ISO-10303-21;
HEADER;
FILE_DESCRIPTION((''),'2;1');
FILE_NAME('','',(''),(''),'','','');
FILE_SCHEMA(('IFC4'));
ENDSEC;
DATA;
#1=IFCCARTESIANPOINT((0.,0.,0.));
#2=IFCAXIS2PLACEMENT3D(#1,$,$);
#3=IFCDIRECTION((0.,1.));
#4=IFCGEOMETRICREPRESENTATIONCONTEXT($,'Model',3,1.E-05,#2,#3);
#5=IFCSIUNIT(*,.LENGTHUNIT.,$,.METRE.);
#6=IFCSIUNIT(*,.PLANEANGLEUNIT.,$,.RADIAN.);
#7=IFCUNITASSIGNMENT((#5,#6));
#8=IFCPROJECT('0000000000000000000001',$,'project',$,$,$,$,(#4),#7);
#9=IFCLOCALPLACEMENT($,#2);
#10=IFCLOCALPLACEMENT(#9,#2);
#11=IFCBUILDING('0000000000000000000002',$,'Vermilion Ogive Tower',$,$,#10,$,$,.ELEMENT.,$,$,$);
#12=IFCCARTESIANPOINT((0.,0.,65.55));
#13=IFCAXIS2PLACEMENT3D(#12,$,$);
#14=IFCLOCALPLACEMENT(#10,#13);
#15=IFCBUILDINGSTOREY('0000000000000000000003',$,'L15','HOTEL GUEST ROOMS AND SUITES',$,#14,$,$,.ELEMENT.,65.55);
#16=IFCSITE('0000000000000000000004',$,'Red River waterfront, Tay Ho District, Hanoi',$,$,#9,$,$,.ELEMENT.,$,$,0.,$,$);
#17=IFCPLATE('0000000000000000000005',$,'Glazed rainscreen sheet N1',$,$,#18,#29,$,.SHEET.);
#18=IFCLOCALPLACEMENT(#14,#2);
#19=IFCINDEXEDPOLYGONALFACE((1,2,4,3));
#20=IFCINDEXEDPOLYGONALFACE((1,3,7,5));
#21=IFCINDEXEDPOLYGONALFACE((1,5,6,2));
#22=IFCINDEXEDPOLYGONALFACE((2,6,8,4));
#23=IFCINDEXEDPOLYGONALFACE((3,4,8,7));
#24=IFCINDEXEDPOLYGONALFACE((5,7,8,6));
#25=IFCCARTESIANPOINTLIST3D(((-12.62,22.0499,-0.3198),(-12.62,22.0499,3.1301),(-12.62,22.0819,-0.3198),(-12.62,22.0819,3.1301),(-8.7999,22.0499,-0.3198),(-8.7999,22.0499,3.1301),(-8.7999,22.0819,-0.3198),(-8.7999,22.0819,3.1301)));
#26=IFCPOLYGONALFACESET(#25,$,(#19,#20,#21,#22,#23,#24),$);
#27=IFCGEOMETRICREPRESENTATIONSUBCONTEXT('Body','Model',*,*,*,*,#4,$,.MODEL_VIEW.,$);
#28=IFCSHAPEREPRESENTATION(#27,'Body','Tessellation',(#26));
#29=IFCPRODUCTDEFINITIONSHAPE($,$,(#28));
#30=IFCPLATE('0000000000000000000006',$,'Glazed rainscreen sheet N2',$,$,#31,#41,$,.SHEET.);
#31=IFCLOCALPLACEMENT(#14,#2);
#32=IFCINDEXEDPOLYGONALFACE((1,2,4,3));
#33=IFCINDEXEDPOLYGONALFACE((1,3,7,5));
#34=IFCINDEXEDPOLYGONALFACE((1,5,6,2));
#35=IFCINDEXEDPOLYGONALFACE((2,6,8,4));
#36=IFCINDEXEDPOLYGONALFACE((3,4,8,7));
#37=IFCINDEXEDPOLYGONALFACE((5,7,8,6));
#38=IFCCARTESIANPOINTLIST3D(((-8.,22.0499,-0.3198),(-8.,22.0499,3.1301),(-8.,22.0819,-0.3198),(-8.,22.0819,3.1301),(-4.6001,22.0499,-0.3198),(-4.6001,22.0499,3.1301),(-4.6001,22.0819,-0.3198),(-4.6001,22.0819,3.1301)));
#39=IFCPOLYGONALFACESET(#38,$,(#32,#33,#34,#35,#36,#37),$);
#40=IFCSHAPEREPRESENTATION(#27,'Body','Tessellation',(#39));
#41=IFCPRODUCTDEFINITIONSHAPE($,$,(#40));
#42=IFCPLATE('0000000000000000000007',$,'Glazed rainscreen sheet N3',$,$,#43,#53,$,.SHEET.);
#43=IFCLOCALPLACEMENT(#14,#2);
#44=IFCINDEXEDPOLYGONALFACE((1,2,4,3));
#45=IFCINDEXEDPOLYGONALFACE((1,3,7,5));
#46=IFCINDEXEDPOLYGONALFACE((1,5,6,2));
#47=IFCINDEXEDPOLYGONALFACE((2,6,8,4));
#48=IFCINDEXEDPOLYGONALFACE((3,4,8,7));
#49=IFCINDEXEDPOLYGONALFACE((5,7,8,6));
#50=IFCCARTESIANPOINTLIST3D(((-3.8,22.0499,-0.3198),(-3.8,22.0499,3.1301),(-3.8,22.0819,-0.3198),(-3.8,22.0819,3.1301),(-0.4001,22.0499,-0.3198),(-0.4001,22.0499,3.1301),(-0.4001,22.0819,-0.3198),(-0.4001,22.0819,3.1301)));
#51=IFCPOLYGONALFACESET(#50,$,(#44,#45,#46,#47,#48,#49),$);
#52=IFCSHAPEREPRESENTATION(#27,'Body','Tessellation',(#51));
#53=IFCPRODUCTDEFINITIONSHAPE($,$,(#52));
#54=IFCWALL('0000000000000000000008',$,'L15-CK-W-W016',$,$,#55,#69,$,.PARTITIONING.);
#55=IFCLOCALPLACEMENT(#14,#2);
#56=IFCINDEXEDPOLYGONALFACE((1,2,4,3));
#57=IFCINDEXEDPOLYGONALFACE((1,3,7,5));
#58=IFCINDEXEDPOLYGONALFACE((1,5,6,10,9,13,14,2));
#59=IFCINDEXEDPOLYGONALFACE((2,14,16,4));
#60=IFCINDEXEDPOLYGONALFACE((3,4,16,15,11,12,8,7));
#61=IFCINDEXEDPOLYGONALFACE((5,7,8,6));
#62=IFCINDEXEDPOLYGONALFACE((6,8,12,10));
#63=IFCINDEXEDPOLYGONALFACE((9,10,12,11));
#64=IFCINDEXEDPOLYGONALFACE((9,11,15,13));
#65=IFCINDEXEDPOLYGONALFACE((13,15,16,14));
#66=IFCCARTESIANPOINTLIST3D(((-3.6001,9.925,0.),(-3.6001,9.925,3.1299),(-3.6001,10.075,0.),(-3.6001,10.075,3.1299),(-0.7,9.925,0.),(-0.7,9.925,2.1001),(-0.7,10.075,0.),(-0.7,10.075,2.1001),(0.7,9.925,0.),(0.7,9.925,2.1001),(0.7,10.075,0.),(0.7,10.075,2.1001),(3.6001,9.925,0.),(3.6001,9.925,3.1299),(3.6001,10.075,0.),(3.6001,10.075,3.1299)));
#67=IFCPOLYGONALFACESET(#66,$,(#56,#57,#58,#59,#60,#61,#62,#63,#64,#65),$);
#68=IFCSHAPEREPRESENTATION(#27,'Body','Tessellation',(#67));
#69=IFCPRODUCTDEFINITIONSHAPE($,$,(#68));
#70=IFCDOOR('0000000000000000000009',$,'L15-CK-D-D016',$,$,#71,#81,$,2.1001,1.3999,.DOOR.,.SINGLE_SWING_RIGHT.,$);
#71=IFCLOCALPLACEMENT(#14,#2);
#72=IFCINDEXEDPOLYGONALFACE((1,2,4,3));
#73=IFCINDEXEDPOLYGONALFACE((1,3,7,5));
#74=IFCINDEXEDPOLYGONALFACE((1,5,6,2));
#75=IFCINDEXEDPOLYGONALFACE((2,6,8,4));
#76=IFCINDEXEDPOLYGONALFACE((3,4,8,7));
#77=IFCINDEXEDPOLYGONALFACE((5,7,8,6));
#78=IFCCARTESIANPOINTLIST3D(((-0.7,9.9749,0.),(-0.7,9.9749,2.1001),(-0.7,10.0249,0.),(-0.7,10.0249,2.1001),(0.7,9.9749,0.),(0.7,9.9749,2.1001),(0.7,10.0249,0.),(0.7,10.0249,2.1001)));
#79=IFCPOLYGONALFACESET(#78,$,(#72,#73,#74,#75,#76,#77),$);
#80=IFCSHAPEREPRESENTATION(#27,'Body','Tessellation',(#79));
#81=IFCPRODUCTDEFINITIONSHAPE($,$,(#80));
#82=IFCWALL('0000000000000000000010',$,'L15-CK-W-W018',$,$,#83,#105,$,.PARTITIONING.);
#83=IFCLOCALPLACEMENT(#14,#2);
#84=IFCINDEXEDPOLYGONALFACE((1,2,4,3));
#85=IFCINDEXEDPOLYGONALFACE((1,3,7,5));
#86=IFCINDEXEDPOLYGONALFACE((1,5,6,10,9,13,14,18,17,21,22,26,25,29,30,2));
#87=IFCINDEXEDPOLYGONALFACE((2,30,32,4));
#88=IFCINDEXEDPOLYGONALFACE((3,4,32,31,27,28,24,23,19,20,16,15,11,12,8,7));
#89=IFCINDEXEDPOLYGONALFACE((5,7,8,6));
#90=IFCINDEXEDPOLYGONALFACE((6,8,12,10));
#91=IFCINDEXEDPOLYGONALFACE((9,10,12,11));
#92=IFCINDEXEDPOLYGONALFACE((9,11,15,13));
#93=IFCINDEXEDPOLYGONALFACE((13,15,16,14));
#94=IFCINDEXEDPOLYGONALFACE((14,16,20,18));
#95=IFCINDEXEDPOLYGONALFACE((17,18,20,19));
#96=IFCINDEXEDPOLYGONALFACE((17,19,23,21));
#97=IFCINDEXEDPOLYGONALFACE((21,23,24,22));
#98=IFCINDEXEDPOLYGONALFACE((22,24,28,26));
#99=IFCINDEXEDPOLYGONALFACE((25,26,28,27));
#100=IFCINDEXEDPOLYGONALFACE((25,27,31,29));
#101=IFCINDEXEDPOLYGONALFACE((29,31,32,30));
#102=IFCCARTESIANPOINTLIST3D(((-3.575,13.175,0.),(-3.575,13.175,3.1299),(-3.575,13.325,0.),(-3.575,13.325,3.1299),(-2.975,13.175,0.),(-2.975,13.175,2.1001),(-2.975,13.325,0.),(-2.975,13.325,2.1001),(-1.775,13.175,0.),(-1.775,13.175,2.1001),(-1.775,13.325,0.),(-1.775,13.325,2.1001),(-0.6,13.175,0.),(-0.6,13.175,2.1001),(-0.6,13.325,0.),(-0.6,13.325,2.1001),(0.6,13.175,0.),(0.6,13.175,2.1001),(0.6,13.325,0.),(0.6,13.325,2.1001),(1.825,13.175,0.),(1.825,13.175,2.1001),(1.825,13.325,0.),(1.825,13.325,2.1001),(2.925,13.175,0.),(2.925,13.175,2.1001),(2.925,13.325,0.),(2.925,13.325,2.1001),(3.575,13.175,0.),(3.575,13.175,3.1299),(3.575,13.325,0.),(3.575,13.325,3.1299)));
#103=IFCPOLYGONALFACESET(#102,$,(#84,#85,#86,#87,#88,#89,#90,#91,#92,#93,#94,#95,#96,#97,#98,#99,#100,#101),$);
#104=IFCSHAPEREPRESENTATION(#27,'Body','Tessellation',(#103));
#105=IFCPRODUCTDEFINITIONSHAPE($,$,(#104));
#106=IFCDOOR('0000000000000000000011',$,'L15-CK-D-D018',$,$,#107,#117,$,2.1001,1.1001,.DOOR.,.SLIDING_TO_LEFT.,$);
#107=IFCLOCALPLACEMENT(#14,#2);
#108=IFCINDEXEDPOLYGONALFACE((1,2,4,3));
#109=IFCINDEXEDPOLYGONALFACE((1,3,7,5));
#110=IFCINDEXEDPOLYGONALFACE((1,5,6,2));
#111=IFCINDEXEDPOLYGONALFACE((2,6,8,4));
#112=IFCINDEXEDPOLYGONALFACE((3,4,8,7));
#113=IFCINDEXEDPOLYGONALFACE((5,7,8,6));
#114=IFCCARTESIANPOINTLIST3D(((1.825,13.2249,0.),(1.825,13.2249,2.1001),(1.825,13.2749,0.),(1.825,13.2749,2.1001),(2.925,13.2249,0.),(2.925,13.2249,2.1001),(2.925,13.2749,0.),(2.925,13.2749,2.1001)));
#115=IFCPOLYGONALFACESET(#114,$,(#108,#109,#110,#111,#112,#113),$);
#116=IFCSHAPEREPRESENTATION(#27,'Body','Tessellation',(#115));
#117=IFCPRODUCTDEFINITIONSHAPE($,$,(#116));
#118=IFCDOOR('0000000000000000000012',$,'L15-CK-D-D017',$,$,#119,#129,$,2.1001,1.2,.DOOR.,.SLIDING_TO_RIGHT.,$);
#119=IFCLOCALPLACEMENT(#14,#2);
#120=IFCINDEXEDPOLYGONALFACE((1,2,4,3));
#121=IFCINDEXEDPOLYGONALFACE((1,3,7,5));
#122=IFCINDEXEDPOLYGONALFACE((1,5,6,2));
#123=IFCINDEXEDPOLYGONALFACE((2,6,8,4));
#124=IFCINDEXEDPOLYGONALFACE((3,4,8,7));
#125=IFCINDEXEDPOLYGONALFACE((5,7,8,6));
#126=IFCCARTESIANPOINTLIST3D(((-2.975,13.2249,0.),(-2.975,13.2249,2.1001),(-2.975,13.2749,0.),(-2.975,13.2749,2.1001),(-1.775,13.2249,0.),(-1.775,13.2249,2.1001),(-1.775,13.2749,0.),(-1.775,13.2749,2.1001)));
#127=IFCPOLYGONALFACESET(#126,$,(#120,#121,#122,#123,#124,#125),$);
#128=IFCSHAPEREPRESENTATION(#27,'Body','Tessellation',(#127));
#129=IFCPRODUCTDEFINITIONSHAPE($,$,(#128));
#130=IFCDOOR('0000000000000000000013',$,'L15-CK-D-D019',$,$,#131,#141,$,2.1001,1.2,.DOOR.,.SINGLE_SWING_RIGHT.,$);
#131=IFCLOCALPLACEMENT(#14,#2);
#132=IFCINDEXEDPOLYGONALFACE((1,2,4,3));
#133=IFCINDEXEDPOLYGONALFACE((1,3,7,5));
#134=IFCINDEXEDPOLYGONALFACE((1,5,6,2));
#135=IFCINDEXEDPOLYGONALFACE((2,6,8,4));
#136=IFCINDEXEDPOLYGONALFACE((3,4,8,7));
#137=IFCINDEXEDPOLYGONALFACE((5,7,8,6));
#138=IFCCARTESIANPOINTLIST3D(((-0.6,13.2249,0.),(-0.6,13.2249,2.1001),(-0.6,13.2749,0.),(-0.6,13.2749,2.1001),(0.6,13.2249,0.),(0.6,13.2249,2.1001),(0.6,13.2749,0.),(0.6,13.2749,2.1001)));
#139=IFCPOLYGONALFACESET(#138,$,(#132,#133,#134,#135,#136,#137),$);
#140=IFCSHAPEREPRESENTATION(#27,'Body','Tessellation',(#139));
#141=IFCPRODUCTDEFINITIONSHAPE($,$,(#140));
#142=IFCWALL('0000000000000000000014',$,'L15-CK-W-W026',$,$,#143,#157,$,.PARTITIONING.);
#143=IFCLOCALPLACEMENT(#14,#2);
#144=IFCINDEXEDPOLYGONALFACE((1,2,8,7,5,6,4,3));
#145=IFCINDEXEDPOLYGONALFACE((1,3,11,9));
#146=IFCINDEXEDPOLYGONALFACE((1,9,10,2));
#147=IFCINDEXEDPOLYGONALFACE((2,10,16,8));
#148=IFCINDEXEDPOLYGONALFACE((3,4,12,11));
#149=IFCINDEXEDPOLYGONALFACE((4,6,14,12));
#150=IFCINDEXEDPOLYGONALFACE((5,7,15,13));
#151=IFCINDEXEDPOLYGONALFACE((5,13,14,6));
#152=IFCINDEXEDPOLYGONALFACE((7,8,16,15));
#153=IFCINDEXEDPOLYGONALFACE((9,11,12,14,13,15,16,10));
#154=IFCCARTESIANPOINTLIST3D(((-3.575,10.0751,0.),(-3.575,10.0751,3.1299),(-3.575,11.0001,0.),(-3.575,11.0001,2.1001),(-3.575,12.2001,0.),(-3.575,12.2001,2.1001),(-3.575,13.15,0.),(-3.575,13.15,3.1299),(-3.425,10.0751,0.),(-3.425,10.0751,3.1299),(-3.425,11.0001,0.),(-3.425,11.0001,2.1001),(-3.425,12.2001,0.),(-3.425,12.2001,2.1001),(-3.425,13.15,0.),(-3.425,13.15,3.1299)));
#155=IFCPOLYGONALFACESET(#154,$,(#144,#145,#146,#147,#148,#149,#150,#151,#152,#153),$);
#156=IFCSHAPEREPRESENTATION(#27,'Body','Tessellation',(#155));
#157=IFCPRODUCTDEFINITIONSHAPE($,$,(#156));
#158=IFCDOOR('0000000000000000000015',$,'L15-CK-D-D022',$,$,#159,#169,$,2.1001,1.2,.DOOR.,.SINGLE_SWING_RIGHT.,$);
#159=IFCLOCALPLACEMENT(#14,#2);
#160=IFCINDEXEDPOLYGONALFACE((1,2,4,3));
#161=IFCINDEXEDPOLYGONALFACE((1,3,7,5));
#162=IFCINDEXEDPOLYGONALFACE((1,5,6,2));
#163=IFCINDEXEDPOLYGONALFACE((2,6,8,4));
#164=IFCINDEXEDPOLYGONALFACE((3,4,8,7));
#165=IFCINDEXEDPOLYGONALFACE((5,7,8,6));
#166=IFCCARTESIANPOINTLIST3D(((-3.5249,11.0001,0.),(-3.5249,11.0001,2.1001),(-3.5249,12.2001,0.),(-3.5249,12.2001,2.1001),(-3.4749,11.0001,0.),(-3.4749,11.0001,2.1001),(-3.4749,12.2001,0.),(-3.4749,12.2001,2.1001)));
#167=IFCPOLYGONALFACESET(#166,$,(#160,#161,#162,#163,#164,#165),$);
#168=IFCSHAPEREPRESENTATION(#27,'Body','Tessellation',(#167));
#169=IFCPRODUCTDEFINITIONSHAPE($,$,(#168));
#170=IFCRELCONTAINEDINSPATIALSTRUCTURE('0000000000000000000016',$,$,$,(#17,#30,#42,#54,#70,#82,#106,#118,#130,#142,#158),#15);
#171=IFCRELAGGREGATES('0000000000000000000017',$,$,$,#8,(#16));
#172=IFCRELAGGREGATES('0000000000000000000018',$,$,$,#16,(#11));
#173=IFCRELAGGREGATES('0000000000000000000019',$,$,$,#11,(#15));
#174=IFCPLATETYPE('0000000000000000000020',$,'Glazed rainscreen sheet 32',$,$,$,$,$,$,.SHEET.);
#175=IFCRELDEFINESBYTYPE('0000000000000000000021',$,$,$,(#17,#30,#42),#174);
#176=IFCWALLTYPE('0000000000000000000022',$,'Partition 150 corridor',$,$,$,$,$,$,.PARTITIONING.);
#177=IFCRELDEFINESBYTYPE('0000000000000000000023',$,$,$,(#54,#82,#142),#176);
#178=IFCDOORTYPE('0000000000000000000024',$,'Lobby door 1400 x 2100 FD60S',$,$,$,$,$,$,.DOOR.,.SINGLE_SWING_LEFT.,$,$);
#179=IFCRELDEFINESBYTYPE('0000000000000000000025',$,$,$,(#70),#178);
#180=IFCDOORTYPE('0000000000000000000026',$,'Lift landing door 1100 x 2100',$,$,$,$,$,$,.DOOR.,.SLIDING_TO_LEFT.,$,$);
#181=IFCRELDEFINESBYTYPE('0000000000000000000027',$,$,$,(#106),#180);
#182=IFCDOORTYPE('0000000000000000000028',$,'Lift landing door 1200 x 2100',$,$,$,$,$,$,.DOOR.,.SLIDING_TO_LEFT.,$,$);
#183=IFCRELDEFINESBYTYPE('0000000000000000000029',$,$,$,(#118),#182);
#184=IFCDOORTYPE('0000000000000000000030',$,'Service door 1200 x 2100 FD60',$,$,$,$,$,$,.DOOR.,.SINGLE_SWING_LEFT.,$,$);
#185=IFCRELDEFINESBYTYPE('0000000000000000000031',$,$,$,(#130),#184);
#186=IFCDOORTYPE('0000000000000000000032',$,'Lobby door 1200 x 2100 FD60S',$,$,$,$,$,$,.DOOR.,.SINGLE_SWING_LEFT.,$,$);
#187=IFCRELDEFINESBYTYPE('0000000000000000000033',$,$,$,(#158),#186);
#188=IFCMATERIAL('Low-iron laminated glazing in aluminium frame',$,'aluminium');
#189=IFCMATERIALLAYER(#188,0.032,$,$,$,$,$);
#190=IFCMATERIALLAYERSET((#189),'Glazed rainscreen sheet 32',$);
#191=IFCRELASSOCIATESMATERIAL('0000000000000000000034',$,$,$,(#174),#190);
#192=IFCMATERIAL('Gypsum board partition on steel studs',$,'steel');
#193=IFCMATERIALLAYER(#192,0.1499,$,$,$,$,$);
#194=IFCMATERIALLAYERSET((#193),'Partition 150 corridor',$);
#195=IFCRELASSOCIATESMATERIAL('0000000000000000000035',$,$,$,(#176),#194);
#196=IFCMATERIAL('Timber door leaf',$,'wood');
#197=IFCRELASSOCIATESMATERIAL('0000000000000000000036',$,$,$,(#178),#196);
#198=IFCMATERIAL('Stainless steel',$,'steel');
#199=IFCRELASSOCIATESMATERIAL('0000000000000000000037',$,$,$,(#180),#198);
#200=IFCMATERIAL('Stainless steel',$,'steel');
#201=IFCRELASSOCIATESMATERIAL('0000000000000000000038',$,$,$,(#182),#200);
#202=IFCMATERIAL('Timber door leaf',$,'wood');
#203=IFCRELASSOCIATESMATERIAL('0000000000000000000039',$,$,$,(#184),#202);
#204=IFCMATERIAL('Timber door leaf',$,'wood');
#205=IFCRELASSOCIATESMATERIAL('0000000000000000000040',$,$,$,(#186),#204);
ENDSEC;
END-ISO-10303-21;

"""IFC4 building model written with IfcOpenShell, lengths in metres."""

from ifc_helpers import new_model, si_unit, direction, frame, frame_2d, origin, origin_2d, place, context, subcontext, project, spatial, rectangle, extrude, material, layer, layer_set, type_object, element, fill, save


model = new_model("IFC4")

# Units and contexts
model_context = context("Model", 3, precision=1e-05, world=origin(), true_north=direction((0.0, 1.0)))
body_context = subcontext(model_context, "Body", "Model", "MODEL_VIEW")
ifc_project = project(units=[si_unit("LENGTHUNIT", "METRE"), si_unit("PLANEANGLEUNIT", "RADIAN")], contexts=[model_context])

# Site, building, storey
site_placement = place(None, origin())
site = spatial("IfcSite", under=ifc_project, at=site_placement, Name="Red River waterfront, Tay Ho District, Hanoi", CompositionType="ELEMENT", RefElevation=0.0)
building_placement = place(site_placement, origin())
building = spatial("IfcBuilding", under=site, at=building_placement, Name="Vermilion Ogive Tower", CompositionType="ELEMENT")
storey_placement = place(building_placement, frame((0.0, 0.0, 65.55)))
storey = spatial("IfcBuildingStorey", under=building, at=storey_placement, Name="L15", Description="HOTEL GUEST ROOMS AND SUITES", CompositionType="ELEMENT", Elevation=65.55)

# Plates
ifc_material_1 = material(Name="Low-iron laminated glazing in aluminium frame", Category="aluminium")
ifc_layer_1 = layer(ifc_material_1, 0.032)
ifc_layer_set_1 = layer_set([ifc_layer_1], Name="Glazed rainscreen sheet 32")
plate_type = type_object("IfcPlateType", Name="Glazed rainscreen sheet 32", PredefinedType="SHEET", material=ifc_layer_set_1)
plate_placement = place(storey_placement, frame((-10.71, 22.0659, -0.3198), z_axis=(0.0, 0.0, 1.0), x_axis=(1.0, 0.0, 0.0)))
element("IfcPlate", 1, at=plate_placement, inside=storey, type_object=plate_type, Name="Glazed rainscreen sheet N1", PredefinedType="SHEET", context=body_context, shape_type="SweptSolid", body=[
    extrude(rectangle(XDim=3.8201, YDim=0.032, at=origin_2d()), origin(), (0.0, 0.0, 1.0), 3.45),
])
for number, where, z_axis, x_axis, name in (
    (2, (-6.3, 22.0659, -0.3198), (0.0, 0.0, 1.0), (1.0, 0.0, 0.0), "Glazed rainscreen sheet N2"),
    (3, (-2.1001, 22.0659, -0.3198), (0.0, 0.0, 1.0), (1.0, 0.0, 0.0), "Glazed rainscreen sheet N3"),
):
    element("IfcPlate", number, at=place(storey_placement, frame(where, z_axis=z_axis, x_axis=x_axis)), inside=storey, type_object=plate_type, Name=name, PredefinedType="SHEET", context=body_context, shape_type="SweptSolid", body=[
        extrude(rectangle(XDim=3.3999, YDim=0.032, at=origin_2d()), origin(), (0.0, 0.0, 1.0), 3.45),
    ])

# Wall, opening, door
ifc_material_2 = material(Name="Gypsum board partition on steel studs", Category="steel")
ifc_layer_2 = layer(ifc_material_2, 0.1499)
ifc_layer_set_2 = layer_set([ifc_layer_2], Name="Partition 150 corridor")
wall_type_1 = type_object("IfcWallType", Name="Partition 150 corridor", PredefinedType="PARTITIONING", material=ifc_layer_set_2)
wall_1_placement = place(storey_placement, frame((-3.6001, 10.0, 0.0), z_axis=(0.0, 0.0, 1.0), x_axis=(1.0, 0.0, 0.0)))
wall_1 = element("IfcWall", 4, at=wall_1_placement, inside=storey, type_object=wall_type_1, Name="L15-CK-W-W016", PredefinedType="PARTITIONING", context=body_context, shape_type="SweptSolid", body=[
    extrude(rectangle(XDim=7.2002, YDim=0.1499, at=frame_2d((3.6001, 0.0))), origin(), (0.0, 0.0, 1.0), 3.1299),
])
opening_1_placement = place(wall_1_placement, frame((2.9001, 0.0, 0.0)))
opening_1 = element("IfcOpeningElement", 5, at=opening_1_placement, cuts=wall_1, PredefinedType="OPENING", context=body_context, shape_type="SweptSolid", body=[
    extrude(rectangle(XDim=1.3999, YDim=2.1001, at=frame_2d((0.7, 1.05))), frame((0.0, 0.085, 0.0), z_axis=(0.0, -1.0, 0.0), x_axis=(1.0, 0.0, 0.0)), (0.0, 0.0, 1.0), 0.1699),
])
ifc_material_3 = material(Name="Timber door leaf", Category="wood")
door_type_1 = type_object("IfcDoorType", Name="Lobby door 1400 x 2100 FD60S", OperationType="SINGLE_SWING_LEFT", PredefinedType="DOOR", material=ifc_material_3)
door_1_placement = place(opening_1_placement, origin())
door_1 = element("IfcDoor", 6, at=door_1_placement, inside=storey, type_object=door_type_1, Name="L15-CK-D-D016", OperationType="SINGLE_SWING_RIGHT", OverallHeight=2.1001, OverallWidth=1.3999, PredefinedType="DOOR", context=body_context, shape_type="SweptSolid", body=[
    extrude(rectangle(XDim=1.3999, YDim=2.1001, at=frame_2d((0.7, 1.05))), frame((0.0, 0.0249, 0.0), z_axis=(0.0, -1.0, 0.0), x_axis=(1.0, 0.0, 0.0)), (0.0, 0.0, 1.0), 0.05),
])
fill(opening_1, door_1)

# Wall, openings, doors
wall_2_placement = place(storey_placement, frame((-3.575, 13.25, 0.0), z_axis=(0.0, 0.0, 1.0), x_axis=(1.0, 0.0, 0.0)))
wall_2 = element("IfcWall", 7, at=wall_2_placement, inside=storey, type_object=wall_type_1, Name="L15-CK-W-W018", PredefinedType="PARTITIONING", context=body_context, shape_type="SweptSolid", body=[
    extrude(rectangle(XDim=7.1499, YDim=0.1499, at=frame_2d((3.575, 0.0))), origin(), (0.0, 0.0, 1.0), 3.1299),
])
opening_2_placement = place(wall_2_placement, frame((0.5999, 0.0, 0.0)))
opening_2 = element("IfcOpeningElement", 8, at=opening_2_placement, cuts=wall_2, PredefinedType="OPENING", context=body_context, shape_type="SweptSolid", body=[
    extrude(rectangle(XDim=1.2, YDim=2.1001, at=frame_2d((0.6001, 1.05))), frame((0.0, 0.085, 0.0), z_axis=(0.0, -1.0, 0.0), x_axis=(1.0, 0.0, 0.0)), (0.0, 0.0, 1.0), 0.1699),
])
opening_3_placement = place(wall_2_placement, frame((5.3999, 0.0, 0.0)))
opening_3 = element("IfcOpeningElement", 9, at=opening_3_placement, cuts=wall_2, PredefinedType="OPENING", context=body_context, shape_type="SweptSolid", body=[
    extrude(rectangle(XDim=1.1001, YDim=2.1001, at=frame_2d((0.55, 1.05))), frame((0.0, 0.085, 0.0), z_axis=(0.0, -1.0, 0.0), x_axis=(1.0, 0.0, 0.0)), (0.0, 0.0, 1.0), 0.1699),
])
opening_4_placement = place(wall_2_placement, frame((2.9749, 0.0, 0.0)))
opening_4 = element("IfcOpeningElement", 10, at=opening_4_placement, cuts=wall_2, PredefinedType="OPENING", context=body_context, shape_type="SweptSolid", body=[
    extrude(rectangle(XDim=1.2, YDim=2.1001, at=frame_2d((0.6001, 1.05))), frame((0.0, 0.085, 0.0), z_axis=(0.0, -1.0, 0.0), x_axis=(1.0, 0.0, 0.0)), (0.0, 0.0, 1.0), 0.1699),
])
ifc_material_4 = material(Name="Stainless steel", Category="steel")
door_type_2 = type_object("IfcDoorType", Name="Lift landing door 1100 x 2100", OperationType="SLIDING_TO_LEFT", PredefinedType="DOOR", material=ifc_material_4)
door_2_placement = place(opening_3_placement, origin())
door_2 = element("IfcDoor", 11, at=door_2_placement, inside=storey, type_object=door_type_2, Name="L15-CK-D-D018", OperationType="SLIDING_TO_LEFT", OverallHeight=2.1001, OverallWidth=1.1001, PredefinedType="DOOR", context=body_context, shape_type="SweptSolid", body=[
    extrude(rectangle(XDim=1.1001, YDim=2.1001, at=frame_2d((0.55, 1.05))), frame((0.0, 0.0249, 0.0), z_axis=(0.0, -1.0, 0.0), x_axis=(1.0, 0.0, 0.0)), (0.0, 0.0, 1.0), 0.05),
])
fill(opening_3, door_2)
ifc_material_5 = material(Name="Stainless steel", Category="steel")
door_type_3 = type_object("IfcDoorType", Name="Lift landing door 1200 x 2100", OperationType="SLIDING_TO_LEFT", PredefinedType="DOOR", material=ifc_material_5)
door_3_placement = place(opening_2_placement, origin())
door_3 = element("IfcDoor", 12, at=door_3_placement, inside=storey, type_object=door_type_3, Name="L15-CK-D-D017", OperationType="SLIDING_TO_RIGHT", OverallHeight=2.1001, OverallWidth=1.2, PredefinedType="DOOR", context=body_context, shape_type="SweptSolid", body=[
    extrude(rectangle(XDim=1.2, YDim=2.1001, at=frame_2d((0.6001, 1.05))), frame((0.0, 0.0249, 0.0), z_axis=(0.0, -1.0, 0.0), x_axis=(1.0, 0.0, 0.0)), (0.0, 0.0, 1.0), 0.05),
])
fill(opening_2, door_3)
ifc_material_6 = material(Name="Timber door leaf", Category="wood")
door_type_4 = type_object("IfcDoorType", Name="Service door 1200 x 2100 FD60", OperationType="SINGLE_SWING_LEFT", PredefinedType="DOOR", material=ifc_material_6)
door_4_placement = place(opening_4_placement, origin())
door_4 = element("IfcDoor", 13, at=door_4_placement, inside=storey, type_object=door_type_4, Name="L15-CK-D-D019", OperationType="SINGLE_SWING_RIGHT", OverallHeight=2.1001, OverallWidth=1.2, PredefinedType="DOOR", context=body_context, shape_type="SweptSolid", body=[
    extrude(rectangle(XDim=1.2, YDim=2.1001, at=frame_2d((0.6001, 1.05))), frame((0.0, 0.0249, 0.0), z_axis=(0.0, -1.0, 0.0), x_axis=(1.0, 0.0, 0.0)), (0.0, 0.0, 1.0), 0.05),
])
fill(opening_4, door_4)

# Wall, opening, door
wall_3_placement = place(storey_placement, frame((-3.5, 10.075, 0.0), z_axis=(0.0, 0.0, 1.0), x_axis=(0.0, 1.0, 0.0)))
wall_3 = element("IfcWall", 14, at=wall_3_placement, inside=storey, type_object=wall_type_1, Name="L15-CK-W-W026", PredefinedType="PARTITIONING", context=body_context, shape_type="SweptSolid", body=[
    extrude(rectangle(XDim=3.075, YDim=0.1499, at=frame_2d((1.5376, 0.0))), origin(), (0.0, 0.0, 1.0), 3.1299),
])
opening_5_placement = place(wall_3_placement, frame((0.925, 0.0, 0.0)))
opening_5 = element("IfcOpeningElement", 15, at=opening_5_placement, cuts=wall_3, PredefinedType="OPENING", context=body_context, shape_type="SweptSolid", body=[
    extrude(rectangle(XDim=1.2, YDim=2.1001, at=frame_2d((0.6001, 1.05))), frame((0.0, 0.085, 0.0), z_axis=(0.0, -1.0, 0.0), x_axis=(1.0, 0.0, 0.0)), (0.0, 0.0, 1.0), 0.1699),
])
ifc_material_7 = material(Name="Timber door leaf", Category="wood")
door_type_5 = type_object("IfcDoorType", Name="Lobby door 1200 x 2100 FD60S", OperationType="SINGLE_SWING_LEFT", PredefinedType="DOOR", material=ifc_material_7)
door_5_placement = place(opening_5_placement, origin())
door_5 = element("IfcDoor", 16, at=door_5_placement, inside=storey, type_object=door_type_5, Name="L15-CK-D-D022", OperationType="SINGLE_SWING_RIGHT", OverallHeight=2.1001, OverallWidth=1.2, PredefinedType="DOOR", context=body_context, shape_type="SweptSolid", body=[
    extrude(rectangle(XDim=1.2, YDim=2.1001, at=frame_2d((0.6001, 1.05))), frame((0.0, 0.0249, 0.0), z_axis=(0.0, -1.0, 0.0), x_axis=(1.0, 0.0, 0.0)), (0.0, 0.0, 1.0), 0.05),
])
fill(opening_5, door_5)

save(model, "model.ifc")
